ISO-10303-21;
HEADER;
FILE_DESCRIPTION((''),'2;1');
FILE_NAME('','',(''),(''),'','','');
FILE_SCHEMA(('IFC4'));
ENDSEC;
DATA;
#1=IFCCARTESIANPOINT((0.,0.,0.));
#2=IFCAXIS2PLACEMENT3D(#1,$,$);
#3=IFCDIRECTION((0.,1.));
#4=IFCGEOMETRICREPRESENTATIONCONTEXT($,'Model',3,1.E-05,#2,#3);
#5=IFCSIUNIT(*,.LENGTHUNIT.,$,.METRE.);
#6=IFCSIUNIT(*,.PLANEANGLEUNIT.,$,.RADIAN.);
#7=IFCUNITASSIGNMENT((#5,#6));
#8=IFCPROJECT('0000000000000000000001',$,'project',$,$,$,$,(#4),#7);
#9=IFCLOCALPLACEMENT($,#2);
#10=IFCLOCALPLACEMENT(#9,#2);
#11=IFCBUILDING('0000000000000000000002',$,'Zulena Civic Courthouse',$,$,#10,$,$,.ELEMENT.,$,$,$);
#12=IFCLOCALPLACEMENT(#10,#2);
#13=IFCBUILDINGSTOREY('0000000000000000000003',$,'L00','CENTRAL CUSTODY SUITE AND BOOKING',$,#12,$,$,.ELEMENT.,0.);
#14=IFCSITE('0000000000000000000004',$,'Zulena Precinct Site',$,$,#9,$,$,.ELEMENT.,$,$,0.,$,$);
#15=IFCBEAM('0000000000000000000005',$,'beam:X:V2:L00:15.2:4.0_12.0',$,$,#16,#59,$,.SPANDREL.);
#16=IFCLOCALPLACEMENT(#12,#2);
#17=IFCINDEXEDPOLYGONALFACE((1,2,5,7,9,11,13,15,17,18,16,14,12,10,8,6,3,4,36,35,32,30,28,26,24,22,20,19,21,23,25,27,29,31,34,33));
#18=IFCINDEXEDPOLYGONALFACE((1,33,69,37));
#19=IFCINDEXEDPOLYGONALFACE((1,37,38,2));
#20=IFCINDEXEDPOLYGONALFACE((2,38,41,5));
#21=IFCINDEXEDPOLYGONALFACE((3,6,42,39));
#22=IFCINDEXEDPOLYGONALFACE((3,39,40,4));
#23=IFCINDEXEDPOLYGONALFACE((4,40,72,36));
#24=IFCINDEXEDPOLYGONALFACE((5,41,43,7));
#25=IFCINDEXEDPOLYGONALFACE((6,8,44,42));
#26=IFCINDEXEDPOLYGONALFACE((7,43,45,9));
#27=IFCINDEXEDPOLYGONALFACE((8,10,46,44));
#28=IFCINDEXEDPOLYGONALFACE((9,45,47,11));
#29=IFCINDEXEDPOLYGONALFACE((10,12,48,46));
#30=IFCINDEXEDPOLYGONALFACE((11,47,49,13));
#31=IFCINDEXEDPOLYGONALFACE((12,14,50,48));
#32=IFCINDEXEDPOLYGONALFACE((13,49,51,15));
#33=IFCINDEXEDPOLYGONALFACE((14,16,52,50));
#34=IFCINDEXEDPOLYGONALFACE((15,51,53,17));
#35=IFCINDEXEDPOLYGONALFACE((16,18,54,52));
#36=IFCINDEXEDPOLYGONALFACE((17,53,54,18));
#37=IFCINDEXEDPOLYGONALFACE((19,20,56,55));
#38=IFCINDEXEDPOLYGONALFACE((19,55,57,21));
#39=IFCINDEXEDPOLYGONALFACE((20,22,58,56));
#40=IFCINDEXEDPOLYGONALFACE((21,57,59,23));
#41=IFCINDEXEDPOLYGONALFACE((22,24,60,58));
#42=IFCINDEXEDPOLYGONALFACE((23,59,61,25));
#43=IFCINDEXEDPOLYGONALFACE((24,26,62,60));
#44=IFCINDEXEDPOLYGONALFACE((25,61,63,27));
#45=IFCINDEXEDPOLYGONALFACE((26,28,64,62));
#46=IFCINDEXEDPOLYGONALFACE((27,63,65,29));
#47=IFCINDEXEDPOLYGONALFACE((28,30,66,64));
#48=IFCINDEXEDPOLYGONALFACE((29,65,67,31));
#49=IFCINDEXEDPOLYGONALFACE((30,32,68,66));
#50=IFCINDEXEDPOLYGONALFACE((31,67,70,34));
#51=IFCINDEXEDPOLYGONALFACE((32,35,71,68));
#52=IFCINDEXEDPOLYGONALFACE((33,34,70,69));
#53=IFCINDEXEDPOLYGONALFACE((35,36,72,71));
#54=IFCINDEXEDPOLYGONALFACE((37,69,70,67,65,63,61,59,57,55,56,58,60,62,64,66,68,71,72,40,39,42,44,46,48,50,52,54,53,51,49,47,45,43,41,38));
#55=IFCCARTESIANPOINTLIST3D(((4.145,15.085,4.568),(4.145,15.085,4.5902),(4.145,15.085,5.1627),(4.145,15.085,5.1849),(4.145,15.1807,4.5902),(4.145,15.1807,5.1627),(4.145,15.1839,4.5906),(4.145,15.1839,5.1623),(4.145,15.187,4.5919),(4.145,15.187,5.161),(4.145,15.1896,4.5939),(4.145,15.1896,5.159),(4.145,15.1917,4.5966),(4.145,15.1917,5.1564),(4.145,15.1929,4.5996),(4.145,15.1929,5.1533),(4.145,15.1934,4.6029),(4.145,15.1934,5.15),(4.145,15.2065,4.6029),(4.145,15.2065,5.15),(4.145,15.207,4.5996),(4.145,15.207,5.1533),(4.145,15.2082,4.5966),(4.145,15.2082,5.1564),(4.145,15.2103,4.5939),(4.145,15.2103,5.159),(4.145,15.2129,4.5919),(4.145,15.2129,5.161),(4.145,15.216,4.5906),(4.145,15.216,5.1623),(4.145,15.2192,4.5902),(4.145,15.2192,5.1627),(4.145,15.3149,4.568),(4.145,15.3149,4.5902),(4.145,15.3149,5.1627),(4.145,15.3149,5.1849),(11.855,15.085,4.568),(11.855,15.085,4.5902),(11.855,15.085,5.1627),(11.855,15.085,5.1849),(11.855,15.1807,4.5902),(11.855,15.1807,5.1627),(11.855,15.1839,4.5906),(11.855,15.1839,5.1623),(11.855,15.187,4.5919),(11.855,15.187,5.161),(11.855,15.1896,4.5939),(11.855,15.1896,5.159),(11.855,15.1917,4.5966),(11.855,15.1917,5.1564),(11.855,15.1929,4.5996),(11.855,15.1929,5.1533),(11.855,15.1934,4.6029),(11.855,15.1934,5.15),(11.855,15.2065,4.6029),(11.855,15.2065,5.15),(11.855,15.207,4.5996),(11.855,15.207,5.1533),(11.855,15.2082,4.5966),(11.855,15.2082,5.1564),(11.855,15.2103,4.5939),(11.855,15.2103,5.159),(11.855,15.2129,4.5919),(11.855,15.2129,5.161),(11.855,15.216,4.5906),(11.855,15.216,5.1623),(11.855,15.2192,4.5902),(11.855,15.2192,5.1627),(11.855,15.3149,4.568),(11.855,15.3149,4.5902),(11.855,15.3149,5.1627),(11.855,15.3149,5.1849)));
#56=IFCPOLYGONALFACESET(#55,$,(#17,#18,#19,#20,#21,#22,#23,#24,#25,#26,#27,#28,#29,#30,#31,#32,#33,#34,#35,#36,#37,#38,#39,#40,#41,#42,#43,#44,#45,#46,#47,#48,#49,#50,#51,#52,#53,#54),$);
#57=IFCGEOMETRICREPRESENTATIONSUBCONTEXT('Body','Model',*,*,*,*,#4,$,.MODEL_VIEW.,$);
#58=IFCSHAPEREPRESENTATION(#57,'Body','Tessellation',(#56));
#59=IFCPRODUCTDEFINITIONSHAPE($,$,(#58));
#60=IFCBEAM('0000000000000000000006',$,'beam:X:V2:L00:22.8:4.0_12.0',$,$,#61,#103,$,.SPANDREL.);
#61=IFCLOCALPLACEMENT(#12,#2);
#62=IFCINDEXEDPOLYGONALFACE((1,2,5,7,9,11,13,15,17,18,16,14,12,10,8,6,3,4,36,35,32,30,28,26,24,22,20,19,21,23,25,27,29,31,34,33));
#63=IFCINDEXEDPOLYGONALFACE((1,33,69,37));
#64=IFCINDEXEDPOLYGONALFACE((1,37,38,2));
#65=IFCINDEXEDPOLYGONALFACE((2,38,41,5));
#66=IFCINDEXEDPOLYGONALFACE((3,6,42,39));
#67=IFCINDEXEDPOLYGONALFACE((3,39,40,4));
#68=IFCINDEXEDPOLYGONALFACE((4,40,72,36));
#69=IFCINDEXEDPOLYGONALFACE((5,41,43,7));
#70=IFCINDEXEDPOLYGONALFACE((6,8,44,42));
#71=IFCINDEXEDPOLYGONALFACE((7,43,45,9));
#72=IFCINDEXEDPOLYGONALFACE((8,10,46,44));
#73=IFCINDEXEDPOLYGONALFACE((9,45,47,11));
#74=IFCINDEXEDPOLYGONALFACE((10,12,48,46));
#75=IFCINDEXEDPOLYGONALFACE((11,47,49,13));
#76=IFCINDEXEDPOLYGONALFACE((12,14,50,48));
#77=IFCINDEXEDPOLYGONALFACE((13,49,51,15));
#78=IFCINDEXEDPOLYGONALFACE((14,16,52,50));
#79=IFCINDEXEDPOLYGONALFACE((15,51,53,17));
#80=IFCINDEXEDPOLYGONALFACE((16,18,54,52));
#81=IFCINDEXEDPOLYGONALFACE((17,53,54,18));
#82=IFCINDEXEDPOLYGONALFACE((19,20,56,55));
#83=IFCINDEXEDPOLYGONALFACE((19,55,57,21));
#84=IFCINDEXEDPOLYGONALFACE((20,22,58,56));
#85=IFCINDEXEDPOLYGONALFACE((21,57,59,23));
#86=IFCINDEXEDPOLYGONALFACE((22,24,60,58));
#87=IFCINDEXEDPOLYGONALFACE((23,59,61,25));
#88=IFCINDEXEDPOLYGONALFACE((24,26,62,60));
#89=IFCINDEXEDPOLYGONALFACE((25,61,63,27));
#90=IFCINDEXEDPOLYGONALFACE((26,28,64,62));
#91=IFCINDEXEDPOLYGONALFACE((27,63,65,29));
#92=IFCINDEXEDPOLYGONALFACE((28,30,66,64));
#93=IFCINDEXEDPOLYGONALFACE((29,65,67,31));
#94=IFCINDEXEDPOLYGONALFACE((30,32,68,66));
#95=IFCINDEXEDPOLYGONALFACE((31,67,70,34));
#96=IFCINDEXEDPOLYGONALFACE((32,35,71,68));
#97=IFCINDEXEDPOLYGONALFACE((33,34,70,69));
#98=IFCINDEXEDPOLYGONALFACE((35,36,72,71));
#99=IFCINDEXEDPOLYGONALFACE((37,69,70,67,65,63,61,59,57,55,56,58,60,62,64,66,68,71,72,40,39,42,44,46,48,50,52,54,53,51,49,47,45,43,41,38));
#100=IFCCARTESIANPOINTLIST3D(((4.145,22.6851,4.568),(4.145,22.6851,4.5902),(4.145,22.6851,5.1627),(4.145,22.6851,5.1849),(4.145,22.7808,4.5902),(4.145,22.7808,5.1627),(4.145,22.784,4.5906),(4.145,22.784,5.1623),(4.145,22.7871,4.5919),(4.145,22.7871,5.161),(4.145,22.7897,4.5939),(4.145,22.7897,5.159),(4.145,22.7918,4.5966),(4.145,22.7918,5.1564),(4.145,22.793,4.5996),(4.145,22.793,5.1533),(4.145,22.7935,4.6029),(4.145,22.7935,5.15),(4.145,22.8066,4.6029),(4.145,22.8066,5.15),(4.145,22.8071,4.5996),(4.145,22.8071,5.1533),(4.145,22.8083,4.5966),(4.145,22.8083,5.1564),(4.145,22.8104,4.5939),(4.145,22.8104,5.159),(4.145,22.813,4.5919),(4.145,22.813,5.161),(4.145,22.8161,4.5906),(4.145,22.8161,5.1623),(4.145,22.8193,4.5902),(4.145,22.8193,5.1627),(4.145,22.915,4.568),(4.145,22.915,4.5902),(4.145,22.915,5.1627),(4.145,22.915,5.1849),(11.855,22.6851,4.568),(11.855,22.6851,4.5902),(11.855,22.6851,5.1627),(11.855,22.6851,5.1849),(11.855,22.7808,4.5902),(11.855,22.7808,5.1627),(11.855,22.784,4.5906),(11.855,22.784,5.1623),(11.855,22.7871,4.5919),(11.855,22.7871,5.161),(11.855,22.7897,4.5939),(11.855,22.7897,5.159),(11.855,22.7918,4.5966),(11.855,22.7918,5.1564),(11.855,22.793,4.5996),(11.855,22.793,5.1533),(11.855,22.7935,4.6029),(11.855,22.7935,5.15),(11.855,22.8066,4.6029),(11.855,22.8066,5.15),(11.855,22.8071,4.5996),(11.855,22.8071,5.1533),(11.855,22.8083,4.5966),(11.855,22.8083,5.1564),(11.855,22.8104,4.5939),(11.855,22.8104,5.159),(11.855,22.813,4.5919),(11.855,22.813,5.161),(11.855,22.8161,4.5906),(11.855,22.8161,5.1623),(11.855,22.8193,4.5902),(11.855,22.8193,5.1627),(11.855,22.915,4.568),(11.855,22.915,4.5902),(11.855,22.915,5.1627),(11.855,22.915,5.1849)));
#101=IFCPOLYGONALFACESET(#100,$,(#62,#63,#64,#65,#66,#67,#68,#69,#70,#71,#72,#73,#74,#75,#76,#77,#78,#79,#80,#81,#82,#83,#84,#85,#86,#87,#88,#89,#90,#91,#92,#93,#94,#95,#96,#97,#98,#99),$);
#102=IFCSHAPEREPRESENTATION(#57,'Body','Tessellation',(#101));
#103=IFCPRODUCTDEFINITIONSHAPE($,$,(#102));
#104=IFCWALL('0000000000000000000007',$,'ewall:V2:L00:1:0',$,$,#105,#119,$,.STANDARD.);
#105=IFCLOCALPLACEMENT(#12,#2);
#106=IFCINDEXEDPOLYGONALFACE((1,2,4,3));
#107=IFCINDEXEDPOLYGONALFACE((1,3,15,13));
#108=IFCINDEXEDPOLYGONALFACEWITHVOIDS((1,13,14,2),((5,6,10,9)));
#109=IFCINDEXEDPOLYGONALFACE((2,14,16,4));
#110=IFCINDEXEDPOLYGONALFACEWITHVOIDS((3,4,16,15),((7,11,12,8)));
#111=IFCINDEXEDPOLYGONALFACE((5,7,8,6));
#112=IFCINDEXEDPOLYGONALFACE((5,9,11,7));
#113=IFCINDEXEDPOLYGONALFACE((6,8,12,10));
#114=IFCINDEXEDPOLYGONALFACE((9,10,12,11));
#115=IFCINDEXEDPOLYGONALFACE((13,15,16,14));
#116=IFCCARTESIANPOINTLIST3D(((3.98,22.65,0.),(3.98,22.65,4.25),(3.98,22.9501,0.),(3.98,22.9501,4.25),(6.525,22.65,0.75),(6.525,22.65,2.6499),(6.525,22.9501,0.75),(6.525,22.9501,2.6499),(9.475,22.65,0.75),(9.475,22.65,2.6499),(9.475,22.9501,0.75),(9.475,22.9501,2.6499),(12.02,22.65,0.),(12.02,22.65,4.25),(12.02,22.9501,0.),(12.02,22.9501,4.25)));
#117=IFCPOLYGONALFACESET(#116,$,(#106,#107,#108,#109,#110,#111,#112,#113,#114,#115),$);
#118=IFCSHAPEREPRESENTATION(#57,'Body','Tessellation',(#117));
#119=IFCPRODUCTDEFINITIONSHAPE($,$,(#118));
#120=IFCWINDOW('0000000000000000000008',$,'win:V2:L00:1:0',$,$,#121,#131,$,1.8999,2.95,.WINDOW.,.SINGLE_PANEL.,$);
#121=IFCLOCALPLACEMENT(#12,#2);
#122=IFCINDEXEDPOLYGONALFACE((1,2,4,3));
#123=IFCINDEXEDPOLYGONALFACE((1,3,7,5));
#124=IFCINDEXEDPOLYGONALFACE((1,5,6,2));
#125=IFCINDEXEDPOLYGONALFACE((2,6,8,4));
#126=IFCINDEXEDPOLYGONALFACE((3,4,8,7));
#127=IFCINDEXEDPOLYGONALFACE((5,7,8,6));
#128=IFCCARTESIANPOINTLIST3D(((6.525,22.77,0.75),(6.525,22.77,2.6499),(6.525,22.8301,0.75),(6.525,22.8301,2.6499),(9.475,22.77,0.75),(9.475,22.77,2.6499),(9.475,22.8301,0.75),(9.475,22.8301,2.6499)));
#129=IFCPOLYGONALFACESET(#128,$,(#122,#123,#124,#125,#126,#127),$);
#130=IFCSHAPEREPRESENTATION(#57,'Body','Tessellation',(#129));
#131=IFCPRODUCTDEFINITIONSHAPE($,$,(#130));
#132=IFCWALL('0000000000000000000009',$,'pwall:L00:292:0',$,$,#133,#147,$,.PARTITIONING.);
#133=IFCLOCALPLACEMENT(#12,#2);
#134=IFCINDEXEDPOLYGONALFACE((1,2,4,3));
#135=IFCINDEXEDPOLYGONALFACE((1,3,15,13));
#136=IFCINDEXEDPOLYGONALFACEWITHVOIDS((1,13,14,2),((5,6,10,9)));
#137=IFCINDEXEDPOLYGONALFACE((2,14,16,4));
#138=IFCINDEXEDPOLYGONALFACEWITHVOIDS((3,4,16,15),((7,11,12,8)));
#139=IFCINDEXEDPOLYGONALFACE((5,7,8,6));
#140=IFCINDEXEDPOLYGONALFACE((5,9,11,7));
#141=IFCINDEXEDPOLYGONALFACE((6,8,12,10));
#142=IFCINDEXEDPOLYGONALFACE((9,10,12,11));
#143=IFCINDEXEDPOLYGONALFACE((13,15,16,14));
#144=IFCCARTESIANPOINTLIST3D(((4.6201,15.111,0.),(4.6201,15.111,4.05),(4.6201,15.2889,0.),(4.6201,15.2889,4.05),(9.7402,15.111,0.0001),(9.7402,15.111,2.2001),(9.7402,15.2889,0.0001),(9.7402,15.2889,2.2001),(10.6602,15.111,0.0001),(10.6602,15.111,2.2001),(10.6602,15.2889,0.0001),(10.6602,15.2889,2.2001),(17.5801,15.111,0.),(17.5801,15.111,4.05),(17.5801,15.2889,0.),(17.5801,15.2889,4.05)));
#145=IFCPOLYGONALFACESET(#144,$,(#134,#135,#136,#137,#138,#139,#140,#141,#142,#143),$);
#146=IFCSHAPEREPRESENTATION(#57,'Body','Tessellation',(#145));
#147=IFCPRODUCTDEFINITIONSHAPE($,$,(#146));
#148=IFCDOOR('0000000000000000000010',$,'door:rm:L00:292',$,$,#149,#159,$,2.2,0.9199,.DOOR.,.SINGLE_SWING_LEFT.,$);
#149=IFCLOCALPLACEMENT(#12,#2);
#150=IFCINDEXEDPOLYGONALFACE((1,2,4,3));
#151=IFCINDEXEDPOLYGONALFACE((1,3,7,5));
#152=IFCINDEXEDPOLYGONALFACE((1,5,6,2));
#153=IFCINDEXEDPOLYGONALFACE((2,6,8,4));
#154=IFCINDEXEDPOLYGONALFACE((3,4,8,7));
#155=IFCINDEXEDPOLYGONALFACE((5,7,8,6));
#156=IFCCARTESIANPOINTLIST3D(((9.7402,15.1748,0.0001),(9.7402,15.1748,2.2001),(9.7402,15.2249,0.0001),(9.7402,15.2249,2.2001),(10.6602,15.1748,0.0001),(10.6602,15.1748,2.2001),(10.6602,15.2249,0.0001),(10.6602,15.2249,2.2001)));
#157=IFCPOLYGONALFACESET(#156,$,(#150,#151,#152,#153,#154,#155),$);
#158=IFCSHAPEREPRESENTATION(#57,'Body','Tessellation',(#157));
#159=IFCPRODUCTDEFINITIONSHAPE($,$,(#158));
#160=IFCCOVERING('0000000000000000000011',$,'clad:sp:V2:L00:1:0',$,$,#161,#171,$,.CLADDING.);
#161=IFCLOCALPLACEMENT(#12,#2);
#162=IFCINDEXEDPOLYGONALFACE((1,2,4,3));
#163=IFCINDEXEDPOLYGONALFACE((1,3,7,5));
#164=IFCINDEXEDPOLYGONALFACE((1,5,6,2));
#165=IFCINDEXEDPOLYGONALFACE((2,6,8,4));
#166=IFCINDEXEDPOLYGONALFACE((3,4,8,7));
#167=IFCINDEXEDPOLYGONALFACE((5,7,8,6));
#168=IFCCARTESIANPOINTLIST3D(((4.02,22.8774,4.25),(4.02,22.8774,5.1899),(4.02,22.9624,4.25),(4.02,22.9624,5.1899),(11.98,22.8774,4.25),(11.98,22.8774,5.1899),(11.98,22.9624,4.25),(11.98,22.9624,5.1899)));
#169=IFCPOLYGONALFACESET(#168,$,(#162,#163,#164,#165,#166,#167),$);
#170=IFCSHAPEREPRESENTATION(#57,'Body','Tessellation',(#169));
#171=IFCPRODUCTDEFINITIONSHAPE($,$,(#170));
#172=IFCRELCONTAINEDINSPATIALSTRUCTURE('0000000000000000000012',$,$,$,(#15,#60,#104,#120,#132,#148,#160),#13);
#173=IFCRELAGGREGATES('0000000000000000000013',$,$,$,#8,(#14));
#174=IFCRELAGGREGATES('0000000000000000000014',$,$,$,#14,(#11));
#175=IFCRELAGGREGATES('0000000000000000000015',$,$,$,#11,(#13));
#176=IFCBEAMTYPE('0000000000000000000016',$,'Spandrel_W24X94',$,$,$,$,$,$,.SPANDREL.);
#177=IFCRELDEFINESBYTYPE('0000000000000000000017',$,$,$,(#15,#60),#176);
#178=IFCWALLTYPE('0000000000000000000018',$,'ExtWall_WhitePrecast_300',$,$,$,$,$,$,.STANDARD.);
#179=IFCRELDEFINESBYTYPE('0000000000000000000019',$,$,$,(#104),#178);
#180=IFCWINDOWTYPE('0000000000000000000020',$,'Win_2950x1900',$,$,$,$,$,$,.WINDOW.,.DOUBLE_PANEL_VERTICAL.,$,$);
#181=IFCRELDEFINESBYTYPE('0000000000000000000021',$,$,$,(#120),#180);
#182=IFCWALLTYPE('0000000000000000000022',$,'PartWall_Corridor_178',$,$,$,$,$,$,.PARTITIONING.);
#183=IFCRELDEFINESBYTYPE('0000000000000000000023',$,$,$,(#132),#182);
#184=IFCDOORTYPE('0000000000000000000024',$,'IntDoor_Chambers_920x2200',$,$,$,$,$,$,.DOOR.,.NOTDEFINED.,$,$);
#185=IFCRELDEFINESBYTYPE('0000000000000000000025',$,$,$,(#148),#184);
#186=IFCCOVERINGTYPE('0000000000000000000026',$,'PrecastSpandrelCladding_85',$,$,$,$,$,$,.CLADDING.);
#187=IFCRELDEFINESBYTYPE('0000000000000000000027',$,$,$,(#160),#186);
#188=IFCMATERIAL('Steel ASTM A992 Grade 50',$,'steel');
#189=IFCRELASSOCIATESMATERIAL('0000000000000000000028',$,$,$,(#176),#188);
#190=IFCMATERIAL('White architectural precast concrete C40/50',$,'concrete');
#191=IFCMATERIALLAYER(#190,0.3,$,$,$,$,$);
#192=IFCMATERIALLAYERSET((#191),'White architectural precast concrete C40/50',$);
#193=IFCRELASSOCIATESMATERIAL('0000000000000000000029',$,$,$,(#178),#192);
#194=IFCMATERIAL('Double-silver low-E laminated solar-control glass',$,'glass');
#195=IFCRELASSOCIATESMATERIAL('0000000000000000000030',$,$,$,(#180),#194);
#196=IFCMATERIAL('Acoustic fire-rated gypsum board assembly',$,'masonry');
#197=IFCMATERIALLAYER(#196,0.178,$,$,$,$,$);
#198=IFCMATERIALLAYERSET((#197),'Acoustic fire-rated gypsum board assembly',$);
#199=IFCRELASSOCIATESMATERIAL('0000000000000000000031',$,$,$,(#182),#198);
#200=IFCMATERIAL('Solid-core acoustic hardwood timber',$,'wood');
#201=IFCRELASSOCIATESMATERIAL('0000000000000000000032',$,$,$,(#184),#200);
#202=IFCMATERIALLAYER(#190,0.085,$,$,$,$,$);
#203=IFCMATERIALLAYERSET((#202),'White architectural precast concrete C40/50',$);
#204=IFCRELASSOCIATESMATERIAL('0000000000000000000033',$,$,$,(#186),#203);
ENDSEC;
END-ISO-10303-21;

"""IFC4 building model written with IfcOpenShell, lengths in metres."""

from ifc_helpers import new_model, si_unit, direction, frame, frame_2d, origin, origin_2d, place, context, subcontext, project, spatial, rectangle, i_section, extrude, material, layer, layer_set, material_profile, profile_set, type_object, element, fill, save


model = new_model("IFC4")

# Units and contexts
model_context = context("Model", 3, precision=1e-05, world=origin(), true_north=direction((0.0, 1.0)))
body_context = subcontext(model_context, "Body", "Model", "MODEL_VIEW")
ifc_project = project(units=[si_unit("LENGTHUNIT", "METRE"), si_unit("PLANEANGLEUNIT", "RADIAN")], contexts=[model_context])

# Site, building, storey
site_placement = place(None, origin())
site = spatial("IfcSite", under=ifc_project, at=site_placement, Name="Zulena Precinct Site", CompositionType="ELEMENT", RefElevation=0.0)
building_placement = place(site_placement, origin())
building = spatial("IfcBuilding", under=site, at=building_placement, Name="Zulena Civic Courthouse", CompositionType="ELEMENT")
storey_placement = place(building_placement, origin())
storey = spatial("IfcBuildingStorey", under=building, at=storey_placement, Name="L00", Description="CENTRAL CUSTODY SUITE AND BOOKING", CompositionType="ELEMENT", Elevation=0.0)

# Shared definitions
ifc_material_1 = material(Name="Steel ASTM A992 Grade 50", Category="steel")

# Beams
ifc_material_profile_1 = material_profile(ifc_material_1, i_section(OverallWidth=0.23, OverallDepth=0.6169, WebThickness=0.0132, FlangeThickness=0.0222, FilletRadius=0.0127, at=origin_2d()), Name="W24X94")
ifc_profile_set_1 = profile_set([ifc_material_profile_1], Name="Steel ASTM A992 Grade 50")
beam_type_1 = type_object("IfcBeamType", Name="Spandrel_W24X94", PredefinedType="SPANDREL", material=ifc_profile_set_1)
for number, where, z_axis, x_axis, name in (
    (1, (4.145, 15.2, 4.8765), (1.0, 0.0, 0.0), (0.0, 1.0, 0.0), "beam:X:V2:L00:15.2:4.0_12.0"),
    (2, (4.145, 22.8, 4.8765), (1.0, 0.0, 0.0), (0.0, 1.0, 0.0), "beam:X:V2:L00:22.8:4.0_12.0"),
):
    element("IfcBeam", number, at=place(storey_placement, frame(where, z_axis=z_axis, x_axis=x_axis)), inside=storey, type_object=beam_type_1, Name=name, PredefinedType="SPANDREL", context=body_context, shape_type="SweptSolid", body=[
        extrude(i_section(OverallWidth=0.23, OverallDepth=0.6169, WebThickness=0.0132, FlangeThickness=0.0222, FilletRadius=0.0127, at=origin_2d()), origin(), (0.0, 0.0, 1.0), 7.71),
    ])

# Wall, opening, window
ifc_material_2 = material(Name="White architectural precast concrete C40/50", Category="concrete")
ifc_layer_1 = layer(ifc_material_2, 0.3)
ifc_layer_set_1 = layer_set([ifc_layer_1], Name="White architectural precast concrete C40/50")
wall_type_1 = type_object("IfcWallType", Name="ExtWall_WhitePrecast_300", PredefinedType="STANDARD", material=ifc_layer_set_1)
wall_1_placement = place(storey_placement, frame((3.98, 22.8, 0.0), z_axis=(0.0, 0.0, 1.0), x_axis=(1.0, 0.0, 0.0)))
wall_1 = element("IfcWall", 3, at=wall_1_placement, inside=storey, type_object=wall_type_1, Name="ewall:V2:L00:1:0", PredefinedType="STANDARD", context=body_context, shape_type="SweptSolid", body=[
    extrude(rectangle(XDim=8.04, YDim=0.3, at=frame_2d((4.02, 0.0))), origin(), (0.0, 0.0, 1.0), 4.25),
])
opening_1_placement = place(wall_1_placement, frame((2.5449, 0.0, 0.75)))
opening_1 = element("IfcOpeningElement", 4, at=opening_1_placement, cuts=wall_1, PredefinedType="OPENING", context=body_context, shape_type="SweptSolid", body=[
    extrude(rectangle(XDim=2.95, YDim=1.8999, at=frame_2d((1.4751, 0.95))), frame((0.0, 0.1599, 0.0), z_axis=(0.0, -1.0, 0.0), x_axis=(1.0, 0.0, 0.0)), (0.0, 0.0, 1.0), 0.3201),
])
ifc_material_3 = material(Name="Double-silver low-E laminated solar-control glass", Category="glass")
window_type = type_object("IfcWindowType", Name="Win_2950x1900", PartitioningType="DOUBLE_PANEL_VERTICAL", PredefinedType="WINDOW", material=ifc_material_3)
window_placement = place(opening_1_placement, origin())
window = element("IfcWindow", 5, at=window_placement, inside=storey, type_object=window_type, Name="win:V2:L00:1:0", OverallHeight=1.8999, OverallWidth=2.95, PartitioningType="SINGLE_PANEL", PredefinedType="WINDOW", context=body_context, shape_type="SweptSolid", body=[
    extrude(rectangle(XDim=2.95, YDim=1.8999, at=frame_2d((1.4751, 0.95))), frame((0.0, 0.03, 0.0), z_axis=(0.0, -1.0, 0.0), x_axis=(1.0, 0.0, 0.0)), (0.0, 0.0, 1.0), 0.0601),
])
fill(opening_1, window)

# Wall, opening, door
ifc_material_4 = material(Name="Acoustic fire-rated gypsum board assembly", Category="masonry")
ifc_layer_2 = layer(ifc_material_4, 0.178)
ifc_layer_set_2 = layer_set([ifc_layer_2], Name="Acoustic fire-rated gypsum board assembly")
wall_type_2 = type_object("IfcWallType", Name="PartWall_Corridor_178", PredefinedType="PARTITIONING", material=ifc_layer_set_2)
wall_2_placement = place(storey_placement, frame((4.6201, 15.2, 0.0), z_axis=(0.0, 0.0, 1.0), x_axis=(1.0, 0.0, 0.0)))
wall_2 = element("IfcWall", 6, at=wall_2_placement, inside=storey, type_object=wall_type_2, Name="pwall:L00:292:0", PredefinedType="PARTITIONING", context=body_context, shape_type="SweptSolid", body=[
    extrude(rectangle(XDim=12.96, YDim=0.178, at=frame_2d((6.48, 0.0))), origin(), (0.0, 0.0, 1.0), 4.05),
])
opening_2_placement = place(wall_2_placement, frame((5.1201, 0.0, 0.0)))
opening_2 = element("IfcOpeningElement", 7, at=opening_2_placement, cuts=wall_2, PredefinedType="OPENING", context=body_context, shape_type="SweptSolid", body=[
    extrude(rectangle(XDim=0.9199, YDim=2.2, at=frame_2d((0.46, 1.1001))), frame((0.0, 0.0989, 0.0), z_axis=(0.0, -1.0, 0.0), x_axis=(1.0, 0.0, 0.0)), (0.0, 0.0, 1.0), 0.198),
])
ifc_material_5 = material(Name="Solid-core acoustic hardwood timber", Category="wood")
door_type = type_object("IfcDoorType", Name="IntDoor_Chambers_920x2200", OperationType="NOTDEFINED", PredefinedType="DOOR", material=ifc_material_5)
door_placement = place(opening_2_placement, origin())
door = element("IfcDoor", 8, at=door_placement, inside=storey, type_object=door_type, Name="door:rm:L00:292", OperationType="SINGLE_SWING_LEFT", OverallHeight=2.2, OverallWidth=0.9199, PredefinedType="DOOR", context=body_context, shape_type="SweptSolid", body=[
    extrude(rectangle(XDim=0.9199, YDim=2.2, at=frame_2d((0.46, 1.1001))), frame((0.0, 0.0249, 0.0), z_axis=(0.0, -1.0, 0.0), x_axis=(1.0, 0.0, 0.0)), (0.0, 0.0, 1.0), 0.05),
])
fill(opening_2, door)

# Covering
ifc_layer_3 = layer(ifc_material_2, 0.085)
ifc_layer_set_3 = layer_set([ifc_layer_3], Name="White architectural precast concrete C40/50")
covering_type = type_object("IfcCoveringType", Name="PrecastSpandrelCladding_85", PredefinedType="CLADDING", material=ifc_layer_set_3)
covering_placement = place(storey_placement, frame((8.0, 22.9199, 4.25), z_axis=(0.0, 0.0, 1.0), x_axis=(1.0, 0.0, 0.0)))
element("IfcCovering", 9, at=covering_placement, inside=storey, type_object=covering_type, Name="clad:sp:V2:L00:1:0", PredefinedType="CLADDING", context=body_context, shape_type="SweptSolid", body=[
    extrude(rectangle(XDim=7.96, YDim=0.085, at=origin_2d()), origin(), (0.0, 0.0, 1.0), 0.9399),
])

save(model, "model.ifc")
